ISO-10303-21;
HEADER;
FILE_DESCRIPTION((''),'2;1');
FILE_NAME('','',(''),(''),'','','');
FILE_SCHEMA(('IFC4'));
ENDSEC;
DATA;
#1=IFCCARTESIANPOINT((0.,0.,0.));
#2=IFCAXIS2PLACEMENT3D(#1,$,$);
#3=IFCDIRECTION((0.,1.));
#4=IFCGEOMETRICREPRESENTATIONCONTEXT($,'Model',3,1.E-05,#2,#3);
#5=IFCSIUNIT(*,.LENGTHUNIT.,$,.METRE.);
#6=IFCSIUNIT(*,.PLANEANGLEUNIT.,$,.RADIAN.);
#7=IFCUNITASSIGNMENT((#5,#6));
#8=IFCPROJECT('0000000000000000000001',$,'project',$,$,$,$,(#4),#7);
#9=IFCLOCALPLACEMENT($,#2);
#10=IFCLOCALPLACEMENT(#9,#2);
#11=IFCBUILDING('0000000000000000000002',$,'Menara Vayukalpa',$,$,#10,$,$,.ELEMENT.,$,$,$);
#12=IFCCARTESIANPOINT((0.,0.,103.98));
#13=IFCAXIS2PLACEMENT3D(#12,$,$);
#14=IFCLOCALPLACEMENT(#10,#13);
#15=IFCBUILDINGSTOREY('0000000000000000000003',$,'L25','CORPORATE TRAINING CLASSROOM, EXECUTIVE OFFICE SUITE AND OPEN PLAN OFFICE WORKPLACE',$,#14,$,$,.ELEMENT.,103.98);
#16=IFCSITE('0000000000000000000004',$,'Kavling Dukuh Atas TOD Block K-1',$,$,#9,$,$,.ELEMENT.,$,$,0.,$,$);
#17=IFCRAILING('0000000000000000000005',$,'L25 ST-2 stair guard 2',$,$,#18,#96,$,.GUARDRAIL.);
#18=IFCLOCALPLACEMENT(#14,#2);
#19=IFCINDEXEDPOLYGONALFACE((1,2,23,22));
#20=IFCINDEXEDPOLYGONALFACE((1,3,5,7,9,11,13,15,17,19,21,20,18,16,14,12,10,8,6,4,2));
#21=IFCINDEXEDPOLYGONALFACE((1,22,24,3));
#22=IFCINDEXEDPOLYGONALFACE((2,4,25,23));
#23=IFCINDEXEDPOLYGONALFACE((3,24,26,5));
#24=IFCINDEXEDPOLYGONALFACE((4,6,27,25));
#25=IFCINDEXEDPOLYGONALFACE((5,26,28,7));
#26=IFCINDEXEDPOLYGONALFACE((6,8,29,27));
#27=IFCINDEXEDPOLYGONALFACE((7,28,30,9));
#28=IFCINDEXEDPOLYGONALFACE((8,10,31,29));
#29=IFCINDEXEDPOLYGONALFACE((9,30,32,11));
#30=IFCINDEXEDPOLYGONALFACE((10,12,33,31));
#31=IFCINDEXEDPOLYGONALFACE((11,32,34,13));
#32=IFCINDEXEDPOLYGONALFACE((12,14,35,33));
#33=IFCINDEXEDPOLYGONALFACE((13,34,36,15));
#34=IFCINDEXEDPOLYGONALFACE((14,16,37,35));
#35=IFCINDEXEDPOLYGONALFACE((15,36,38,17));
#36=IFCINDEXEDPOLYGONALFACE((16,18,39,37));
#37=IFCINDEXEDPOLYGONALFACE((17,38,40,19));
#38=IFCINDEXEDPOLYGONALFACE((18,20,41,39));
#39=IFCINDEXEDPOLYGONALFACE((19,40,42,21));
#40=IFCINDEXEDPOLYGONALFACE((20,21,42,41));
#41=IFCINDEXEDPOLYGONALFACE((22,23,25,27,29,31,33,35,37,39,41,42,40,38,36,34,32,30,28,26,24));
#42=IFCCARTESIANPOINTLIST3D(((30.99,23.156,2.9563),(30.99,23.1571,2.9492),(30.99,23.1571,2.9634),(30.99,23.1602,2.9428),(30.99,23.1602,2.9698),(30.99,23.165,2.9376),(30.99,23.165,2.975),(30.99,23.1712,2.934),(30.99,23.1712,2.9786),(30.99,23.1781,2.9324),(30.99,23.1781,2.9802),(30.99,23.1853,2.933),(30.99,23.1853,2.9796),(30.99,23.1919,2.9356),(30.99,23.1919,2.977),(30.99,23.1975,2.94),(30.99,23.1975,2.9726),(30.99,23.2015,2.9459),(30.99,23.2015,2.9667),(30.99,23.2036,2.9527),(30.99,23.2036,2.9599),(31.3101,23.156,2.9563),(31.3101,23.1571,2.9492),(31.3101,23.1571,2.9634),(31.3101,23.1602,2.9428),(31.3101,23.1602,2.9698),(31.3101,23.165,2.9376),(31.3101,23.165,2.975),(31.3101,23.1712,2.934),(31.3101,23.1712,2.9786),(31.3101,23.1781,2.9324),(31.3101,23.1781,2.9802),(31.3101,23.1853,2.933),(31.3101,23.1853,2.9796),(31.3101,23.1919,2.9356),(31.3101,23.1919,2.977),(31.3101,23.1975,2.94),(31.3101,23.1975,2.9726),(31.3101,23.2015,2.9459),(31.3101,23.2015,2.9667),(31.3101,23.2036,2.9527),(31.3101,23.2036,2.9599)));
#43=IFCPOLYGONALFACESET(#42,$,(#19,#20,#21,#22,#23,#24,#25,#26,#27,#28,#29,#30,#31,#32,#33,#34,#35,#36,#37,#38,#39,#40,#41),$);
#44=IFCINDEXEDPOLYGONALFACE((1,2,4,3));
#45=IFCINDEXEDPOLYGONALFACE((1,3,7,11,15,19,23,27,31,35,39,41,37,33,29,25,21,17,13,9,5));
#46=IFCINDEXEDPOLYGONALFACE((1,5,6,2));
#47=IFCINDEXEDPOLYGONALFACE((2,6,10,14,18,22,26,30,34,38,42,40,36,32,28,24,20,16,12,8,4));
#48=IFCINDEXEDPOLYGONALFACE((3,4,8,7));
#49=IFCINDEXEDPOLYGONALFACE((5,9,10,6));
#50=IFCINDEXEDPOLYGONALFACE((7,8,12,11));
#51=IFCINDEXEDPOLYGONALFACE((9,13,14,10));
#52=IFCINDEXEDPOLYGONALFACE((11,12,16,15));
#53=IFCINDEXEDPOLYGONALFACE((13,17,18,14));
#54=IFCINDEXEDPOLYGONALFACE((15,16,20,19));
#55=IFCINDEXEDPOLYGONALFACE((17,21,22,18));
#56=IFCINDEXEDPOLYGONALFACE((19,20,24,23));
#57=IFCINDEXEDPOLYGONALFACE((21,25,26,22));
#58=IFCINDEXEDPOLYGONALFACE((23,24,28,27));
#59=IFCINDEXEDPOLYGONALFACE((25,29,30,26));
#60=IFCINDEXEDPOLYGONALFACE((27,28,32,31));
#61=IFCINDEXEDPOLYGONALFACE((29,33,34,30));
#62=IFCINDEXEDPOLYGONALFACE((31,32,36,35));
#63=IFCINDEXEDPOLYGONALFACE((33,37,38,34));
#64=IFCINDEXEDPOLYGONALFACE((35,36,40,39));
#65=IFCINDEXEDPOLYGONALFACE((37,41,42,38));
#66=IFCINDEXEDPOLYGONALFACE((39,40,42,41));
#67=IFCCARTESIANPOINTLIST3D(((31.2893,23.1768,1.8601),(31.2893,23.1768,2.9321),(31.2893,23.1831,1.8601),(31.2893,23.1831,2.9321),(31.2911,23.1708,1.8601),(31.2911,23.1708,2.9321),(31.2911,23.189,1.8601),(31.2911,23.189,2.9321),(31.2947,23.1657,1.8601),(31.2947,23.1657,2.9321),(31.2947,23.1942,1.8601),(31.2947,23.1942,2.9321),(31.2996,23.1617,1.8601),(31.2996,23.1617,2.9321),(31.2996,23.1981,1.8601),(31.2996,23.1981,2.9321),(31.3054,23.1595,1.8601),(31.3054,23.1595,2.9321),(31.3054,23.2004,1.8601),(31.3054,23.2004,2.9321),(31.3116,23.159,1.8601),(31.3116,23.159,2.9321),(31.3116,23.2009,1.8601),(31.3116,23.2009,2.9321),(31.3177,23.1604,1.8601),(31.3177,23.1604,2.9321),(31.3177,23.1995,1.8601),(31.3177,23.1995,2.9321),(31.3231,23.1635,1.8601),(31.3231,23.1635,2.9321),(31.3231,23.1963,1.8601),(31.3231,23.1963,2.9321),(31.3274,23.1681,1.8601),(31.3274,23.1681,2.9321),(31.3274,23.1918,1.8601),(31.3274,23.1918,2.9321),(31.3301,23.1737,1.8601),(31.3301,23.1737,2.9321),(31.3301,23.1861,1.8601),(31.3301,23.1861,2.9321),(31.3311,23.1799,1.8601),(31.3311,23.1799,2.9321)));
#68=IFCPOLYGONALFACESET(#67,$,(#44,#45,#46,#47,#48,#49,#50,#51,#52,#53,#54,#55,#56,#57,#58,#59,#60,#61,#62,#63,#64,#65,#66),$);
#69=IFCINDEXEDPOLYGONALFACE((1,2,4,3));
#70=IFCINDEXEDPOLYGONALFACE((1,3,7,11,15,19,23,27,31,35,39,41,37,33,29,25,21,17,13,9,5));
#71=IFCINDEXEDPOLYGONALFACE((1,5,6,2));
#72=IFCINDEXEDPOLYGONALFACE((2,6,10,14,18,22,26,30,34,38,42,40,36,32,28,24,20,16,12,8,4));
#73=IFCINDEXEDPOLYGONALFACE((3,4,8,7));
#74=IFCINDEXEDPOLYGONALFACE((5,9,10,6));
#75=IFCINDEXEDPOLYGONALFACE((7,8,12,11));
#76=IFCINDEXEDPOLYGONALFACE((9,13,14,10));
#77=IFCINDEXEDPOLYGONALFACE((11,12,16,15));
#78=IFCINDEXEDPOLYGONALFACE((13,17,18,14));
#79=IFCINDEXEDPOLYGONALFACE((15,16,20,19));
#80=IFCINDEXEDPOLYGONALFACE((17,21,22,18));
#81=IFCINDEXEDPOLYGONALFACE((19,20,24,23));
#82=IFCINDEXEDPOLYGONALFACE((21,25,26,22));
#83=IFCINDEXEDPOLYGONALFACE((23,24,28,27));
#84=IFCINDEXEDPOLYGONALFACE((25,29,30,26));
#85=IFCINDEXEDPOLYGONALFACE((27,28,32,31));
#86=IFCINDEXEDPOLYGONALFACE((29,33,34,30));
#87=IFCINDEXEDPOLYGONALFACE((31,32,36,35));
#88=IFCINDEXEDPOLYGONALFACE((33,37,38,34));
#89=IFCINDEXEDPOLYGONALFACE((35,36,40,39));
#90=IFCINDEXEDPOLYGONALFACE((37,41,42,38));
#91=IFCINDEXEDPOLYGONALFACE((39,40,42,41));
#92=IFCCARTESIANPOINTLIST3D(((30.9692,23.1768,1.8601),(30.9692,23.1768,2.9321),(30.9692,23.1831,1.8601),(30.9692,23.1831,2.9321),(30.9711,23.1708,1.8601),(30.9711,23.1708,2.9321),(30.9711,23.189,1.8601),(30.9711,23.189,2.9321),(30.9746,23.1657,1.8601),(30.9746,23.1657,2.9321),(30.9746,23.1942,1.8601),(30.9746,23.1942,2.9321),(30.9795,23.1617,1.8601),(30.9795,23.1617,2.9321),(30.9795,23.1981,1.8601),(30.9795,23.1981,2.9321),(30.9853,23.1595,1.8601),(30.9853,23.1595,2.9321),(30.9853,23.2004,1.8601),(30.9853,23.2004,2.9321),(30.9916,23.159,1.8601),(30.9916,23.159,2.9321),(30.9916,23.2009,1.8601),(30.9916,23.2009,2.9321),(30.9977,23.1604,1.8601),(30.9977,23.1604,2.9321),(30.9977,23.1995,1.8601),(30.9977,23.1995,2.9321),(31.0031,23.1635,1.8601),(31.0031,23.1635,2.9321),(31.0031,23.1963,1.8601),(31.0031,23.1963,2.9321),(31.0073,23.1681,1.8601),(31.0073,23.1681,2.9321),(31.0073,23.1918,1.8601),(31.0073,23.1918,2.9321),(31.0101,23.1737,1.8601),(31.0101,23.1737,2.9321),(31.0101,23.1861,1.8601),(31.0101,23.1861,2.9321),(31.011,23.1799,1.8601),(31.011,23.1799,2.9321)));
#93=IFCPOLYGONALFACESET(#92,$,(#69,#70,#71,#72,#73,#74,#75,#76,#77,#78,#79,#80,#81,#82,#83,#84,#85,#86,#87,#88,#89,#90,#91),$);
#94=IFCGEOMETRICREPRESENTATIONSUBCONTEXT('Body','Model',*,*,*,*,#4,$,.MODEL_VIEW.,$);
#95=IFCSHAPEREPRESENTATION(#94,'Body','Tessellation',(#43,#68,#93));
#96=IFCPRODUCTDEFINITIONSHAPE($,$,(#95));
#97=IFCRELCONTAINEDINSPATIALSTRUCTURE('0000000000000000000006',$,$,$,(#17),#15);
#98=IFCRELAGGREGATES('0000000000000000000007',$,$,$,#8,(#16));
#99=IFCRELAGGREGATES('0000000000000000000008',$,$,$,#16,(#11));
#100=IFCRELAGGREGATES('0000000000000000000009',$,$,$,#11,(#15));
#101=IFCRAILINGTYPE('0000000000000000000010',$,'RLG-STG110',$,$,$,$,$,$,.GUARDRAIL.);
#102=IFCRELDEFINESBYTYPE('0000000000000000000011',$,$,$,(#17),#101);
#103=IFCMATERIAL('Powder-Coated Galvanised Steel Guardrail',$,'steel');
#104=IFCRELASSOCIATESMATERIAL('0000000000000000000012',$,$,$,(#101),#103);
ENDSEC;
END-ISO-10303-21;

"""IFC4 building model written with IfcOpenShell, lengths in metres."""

from ifc_helpers import new_model, si_unit, direction, frame, origin, origin_2d, place, context, subcontext, project, spatial, circle, extrude, material, type_object, element, save


model = new_model("IFC4")

# Units and contexts
model_context = context("Model", 3, precision=1e-05, world=origin(), true_north=direction((0.0, 1.0)))
body_context = subcontext(model_context, "Body", "Model", "MODEL_VIEW")
ifc_project = project(units=[si_unit("LENGTHUNIT", "METRE"), si_unit("PLANEANGLEUNIT", "RADIAN")], contexts=[model_context])

# Site, building, storey
site_placement = place(None, origin())
site = spatial("IfcSite", under=ifc_project, at=site_placement, Name="Kavling Dukuh Atas TOD Block K-1", CompositionType="ELEMENT", RefElevation=0.0)
building_placement = place(site_placement, origin())
building = spatial("IfcBuilding", under=site, at=building_placement, Name="Menara Vayukalpa", CompositionType="ELEMENT")
storey_placement = place(building_placement, frame((0.0, 0.0, 103.98)))
storey = spatial("IfcBuildingStorey", under=building, at=storey_placement, Name="L25", Description="CORPORATE TRAINING CLASSROOM, EXECUTIVE OFFICE SUITE AND OPEN PLAN OFFICE WORKPLACE", CompositionType="ELEMENT", Elevation=103.98)

# Railing
ifc_material_1 = material(Name="Powder-Coated Galvanised Steel Guardrail", Category="steel")
railing_type_1 = type_object("IfcRailingType", Name="RLG-STG110", PredefinedType="GUARDRAIL", material=ifc_material_1)
railing_1_placement = place(storey_placement, frame((31.3101, 23.1799, 1.8601)))
element("IfcRailing", 1, at=railing_1_placement, inside=storey, type_object=railing_type_1, Name="L25 ST-2 stair guard 2", PredefinedType="GUARDRAIL", context=body_context, shape_type="SweptSolid", body=[
    extrude(circle(Radius=0.0239, at=origin_2d()), frame((0.0, 0.0, 1.0962), z_axis=(-1.0, 0.0, 0.0), x_axis=(0.0, -1.0, 0.0)), (0.0, 0.0, 1.0), 0.3201),
    extrude(circle(Radius=0.021, at=origin_2d()), origin(), (0.0, 0.0, 1.0), 1.072),
    extrude(circle(Radius=0.021, at=origin_2d()), frame((-0.3201, 0.0, 0.0)), (0.0, 0.0, 1.0), 1.072),
])

save(model, "model.ifc")
